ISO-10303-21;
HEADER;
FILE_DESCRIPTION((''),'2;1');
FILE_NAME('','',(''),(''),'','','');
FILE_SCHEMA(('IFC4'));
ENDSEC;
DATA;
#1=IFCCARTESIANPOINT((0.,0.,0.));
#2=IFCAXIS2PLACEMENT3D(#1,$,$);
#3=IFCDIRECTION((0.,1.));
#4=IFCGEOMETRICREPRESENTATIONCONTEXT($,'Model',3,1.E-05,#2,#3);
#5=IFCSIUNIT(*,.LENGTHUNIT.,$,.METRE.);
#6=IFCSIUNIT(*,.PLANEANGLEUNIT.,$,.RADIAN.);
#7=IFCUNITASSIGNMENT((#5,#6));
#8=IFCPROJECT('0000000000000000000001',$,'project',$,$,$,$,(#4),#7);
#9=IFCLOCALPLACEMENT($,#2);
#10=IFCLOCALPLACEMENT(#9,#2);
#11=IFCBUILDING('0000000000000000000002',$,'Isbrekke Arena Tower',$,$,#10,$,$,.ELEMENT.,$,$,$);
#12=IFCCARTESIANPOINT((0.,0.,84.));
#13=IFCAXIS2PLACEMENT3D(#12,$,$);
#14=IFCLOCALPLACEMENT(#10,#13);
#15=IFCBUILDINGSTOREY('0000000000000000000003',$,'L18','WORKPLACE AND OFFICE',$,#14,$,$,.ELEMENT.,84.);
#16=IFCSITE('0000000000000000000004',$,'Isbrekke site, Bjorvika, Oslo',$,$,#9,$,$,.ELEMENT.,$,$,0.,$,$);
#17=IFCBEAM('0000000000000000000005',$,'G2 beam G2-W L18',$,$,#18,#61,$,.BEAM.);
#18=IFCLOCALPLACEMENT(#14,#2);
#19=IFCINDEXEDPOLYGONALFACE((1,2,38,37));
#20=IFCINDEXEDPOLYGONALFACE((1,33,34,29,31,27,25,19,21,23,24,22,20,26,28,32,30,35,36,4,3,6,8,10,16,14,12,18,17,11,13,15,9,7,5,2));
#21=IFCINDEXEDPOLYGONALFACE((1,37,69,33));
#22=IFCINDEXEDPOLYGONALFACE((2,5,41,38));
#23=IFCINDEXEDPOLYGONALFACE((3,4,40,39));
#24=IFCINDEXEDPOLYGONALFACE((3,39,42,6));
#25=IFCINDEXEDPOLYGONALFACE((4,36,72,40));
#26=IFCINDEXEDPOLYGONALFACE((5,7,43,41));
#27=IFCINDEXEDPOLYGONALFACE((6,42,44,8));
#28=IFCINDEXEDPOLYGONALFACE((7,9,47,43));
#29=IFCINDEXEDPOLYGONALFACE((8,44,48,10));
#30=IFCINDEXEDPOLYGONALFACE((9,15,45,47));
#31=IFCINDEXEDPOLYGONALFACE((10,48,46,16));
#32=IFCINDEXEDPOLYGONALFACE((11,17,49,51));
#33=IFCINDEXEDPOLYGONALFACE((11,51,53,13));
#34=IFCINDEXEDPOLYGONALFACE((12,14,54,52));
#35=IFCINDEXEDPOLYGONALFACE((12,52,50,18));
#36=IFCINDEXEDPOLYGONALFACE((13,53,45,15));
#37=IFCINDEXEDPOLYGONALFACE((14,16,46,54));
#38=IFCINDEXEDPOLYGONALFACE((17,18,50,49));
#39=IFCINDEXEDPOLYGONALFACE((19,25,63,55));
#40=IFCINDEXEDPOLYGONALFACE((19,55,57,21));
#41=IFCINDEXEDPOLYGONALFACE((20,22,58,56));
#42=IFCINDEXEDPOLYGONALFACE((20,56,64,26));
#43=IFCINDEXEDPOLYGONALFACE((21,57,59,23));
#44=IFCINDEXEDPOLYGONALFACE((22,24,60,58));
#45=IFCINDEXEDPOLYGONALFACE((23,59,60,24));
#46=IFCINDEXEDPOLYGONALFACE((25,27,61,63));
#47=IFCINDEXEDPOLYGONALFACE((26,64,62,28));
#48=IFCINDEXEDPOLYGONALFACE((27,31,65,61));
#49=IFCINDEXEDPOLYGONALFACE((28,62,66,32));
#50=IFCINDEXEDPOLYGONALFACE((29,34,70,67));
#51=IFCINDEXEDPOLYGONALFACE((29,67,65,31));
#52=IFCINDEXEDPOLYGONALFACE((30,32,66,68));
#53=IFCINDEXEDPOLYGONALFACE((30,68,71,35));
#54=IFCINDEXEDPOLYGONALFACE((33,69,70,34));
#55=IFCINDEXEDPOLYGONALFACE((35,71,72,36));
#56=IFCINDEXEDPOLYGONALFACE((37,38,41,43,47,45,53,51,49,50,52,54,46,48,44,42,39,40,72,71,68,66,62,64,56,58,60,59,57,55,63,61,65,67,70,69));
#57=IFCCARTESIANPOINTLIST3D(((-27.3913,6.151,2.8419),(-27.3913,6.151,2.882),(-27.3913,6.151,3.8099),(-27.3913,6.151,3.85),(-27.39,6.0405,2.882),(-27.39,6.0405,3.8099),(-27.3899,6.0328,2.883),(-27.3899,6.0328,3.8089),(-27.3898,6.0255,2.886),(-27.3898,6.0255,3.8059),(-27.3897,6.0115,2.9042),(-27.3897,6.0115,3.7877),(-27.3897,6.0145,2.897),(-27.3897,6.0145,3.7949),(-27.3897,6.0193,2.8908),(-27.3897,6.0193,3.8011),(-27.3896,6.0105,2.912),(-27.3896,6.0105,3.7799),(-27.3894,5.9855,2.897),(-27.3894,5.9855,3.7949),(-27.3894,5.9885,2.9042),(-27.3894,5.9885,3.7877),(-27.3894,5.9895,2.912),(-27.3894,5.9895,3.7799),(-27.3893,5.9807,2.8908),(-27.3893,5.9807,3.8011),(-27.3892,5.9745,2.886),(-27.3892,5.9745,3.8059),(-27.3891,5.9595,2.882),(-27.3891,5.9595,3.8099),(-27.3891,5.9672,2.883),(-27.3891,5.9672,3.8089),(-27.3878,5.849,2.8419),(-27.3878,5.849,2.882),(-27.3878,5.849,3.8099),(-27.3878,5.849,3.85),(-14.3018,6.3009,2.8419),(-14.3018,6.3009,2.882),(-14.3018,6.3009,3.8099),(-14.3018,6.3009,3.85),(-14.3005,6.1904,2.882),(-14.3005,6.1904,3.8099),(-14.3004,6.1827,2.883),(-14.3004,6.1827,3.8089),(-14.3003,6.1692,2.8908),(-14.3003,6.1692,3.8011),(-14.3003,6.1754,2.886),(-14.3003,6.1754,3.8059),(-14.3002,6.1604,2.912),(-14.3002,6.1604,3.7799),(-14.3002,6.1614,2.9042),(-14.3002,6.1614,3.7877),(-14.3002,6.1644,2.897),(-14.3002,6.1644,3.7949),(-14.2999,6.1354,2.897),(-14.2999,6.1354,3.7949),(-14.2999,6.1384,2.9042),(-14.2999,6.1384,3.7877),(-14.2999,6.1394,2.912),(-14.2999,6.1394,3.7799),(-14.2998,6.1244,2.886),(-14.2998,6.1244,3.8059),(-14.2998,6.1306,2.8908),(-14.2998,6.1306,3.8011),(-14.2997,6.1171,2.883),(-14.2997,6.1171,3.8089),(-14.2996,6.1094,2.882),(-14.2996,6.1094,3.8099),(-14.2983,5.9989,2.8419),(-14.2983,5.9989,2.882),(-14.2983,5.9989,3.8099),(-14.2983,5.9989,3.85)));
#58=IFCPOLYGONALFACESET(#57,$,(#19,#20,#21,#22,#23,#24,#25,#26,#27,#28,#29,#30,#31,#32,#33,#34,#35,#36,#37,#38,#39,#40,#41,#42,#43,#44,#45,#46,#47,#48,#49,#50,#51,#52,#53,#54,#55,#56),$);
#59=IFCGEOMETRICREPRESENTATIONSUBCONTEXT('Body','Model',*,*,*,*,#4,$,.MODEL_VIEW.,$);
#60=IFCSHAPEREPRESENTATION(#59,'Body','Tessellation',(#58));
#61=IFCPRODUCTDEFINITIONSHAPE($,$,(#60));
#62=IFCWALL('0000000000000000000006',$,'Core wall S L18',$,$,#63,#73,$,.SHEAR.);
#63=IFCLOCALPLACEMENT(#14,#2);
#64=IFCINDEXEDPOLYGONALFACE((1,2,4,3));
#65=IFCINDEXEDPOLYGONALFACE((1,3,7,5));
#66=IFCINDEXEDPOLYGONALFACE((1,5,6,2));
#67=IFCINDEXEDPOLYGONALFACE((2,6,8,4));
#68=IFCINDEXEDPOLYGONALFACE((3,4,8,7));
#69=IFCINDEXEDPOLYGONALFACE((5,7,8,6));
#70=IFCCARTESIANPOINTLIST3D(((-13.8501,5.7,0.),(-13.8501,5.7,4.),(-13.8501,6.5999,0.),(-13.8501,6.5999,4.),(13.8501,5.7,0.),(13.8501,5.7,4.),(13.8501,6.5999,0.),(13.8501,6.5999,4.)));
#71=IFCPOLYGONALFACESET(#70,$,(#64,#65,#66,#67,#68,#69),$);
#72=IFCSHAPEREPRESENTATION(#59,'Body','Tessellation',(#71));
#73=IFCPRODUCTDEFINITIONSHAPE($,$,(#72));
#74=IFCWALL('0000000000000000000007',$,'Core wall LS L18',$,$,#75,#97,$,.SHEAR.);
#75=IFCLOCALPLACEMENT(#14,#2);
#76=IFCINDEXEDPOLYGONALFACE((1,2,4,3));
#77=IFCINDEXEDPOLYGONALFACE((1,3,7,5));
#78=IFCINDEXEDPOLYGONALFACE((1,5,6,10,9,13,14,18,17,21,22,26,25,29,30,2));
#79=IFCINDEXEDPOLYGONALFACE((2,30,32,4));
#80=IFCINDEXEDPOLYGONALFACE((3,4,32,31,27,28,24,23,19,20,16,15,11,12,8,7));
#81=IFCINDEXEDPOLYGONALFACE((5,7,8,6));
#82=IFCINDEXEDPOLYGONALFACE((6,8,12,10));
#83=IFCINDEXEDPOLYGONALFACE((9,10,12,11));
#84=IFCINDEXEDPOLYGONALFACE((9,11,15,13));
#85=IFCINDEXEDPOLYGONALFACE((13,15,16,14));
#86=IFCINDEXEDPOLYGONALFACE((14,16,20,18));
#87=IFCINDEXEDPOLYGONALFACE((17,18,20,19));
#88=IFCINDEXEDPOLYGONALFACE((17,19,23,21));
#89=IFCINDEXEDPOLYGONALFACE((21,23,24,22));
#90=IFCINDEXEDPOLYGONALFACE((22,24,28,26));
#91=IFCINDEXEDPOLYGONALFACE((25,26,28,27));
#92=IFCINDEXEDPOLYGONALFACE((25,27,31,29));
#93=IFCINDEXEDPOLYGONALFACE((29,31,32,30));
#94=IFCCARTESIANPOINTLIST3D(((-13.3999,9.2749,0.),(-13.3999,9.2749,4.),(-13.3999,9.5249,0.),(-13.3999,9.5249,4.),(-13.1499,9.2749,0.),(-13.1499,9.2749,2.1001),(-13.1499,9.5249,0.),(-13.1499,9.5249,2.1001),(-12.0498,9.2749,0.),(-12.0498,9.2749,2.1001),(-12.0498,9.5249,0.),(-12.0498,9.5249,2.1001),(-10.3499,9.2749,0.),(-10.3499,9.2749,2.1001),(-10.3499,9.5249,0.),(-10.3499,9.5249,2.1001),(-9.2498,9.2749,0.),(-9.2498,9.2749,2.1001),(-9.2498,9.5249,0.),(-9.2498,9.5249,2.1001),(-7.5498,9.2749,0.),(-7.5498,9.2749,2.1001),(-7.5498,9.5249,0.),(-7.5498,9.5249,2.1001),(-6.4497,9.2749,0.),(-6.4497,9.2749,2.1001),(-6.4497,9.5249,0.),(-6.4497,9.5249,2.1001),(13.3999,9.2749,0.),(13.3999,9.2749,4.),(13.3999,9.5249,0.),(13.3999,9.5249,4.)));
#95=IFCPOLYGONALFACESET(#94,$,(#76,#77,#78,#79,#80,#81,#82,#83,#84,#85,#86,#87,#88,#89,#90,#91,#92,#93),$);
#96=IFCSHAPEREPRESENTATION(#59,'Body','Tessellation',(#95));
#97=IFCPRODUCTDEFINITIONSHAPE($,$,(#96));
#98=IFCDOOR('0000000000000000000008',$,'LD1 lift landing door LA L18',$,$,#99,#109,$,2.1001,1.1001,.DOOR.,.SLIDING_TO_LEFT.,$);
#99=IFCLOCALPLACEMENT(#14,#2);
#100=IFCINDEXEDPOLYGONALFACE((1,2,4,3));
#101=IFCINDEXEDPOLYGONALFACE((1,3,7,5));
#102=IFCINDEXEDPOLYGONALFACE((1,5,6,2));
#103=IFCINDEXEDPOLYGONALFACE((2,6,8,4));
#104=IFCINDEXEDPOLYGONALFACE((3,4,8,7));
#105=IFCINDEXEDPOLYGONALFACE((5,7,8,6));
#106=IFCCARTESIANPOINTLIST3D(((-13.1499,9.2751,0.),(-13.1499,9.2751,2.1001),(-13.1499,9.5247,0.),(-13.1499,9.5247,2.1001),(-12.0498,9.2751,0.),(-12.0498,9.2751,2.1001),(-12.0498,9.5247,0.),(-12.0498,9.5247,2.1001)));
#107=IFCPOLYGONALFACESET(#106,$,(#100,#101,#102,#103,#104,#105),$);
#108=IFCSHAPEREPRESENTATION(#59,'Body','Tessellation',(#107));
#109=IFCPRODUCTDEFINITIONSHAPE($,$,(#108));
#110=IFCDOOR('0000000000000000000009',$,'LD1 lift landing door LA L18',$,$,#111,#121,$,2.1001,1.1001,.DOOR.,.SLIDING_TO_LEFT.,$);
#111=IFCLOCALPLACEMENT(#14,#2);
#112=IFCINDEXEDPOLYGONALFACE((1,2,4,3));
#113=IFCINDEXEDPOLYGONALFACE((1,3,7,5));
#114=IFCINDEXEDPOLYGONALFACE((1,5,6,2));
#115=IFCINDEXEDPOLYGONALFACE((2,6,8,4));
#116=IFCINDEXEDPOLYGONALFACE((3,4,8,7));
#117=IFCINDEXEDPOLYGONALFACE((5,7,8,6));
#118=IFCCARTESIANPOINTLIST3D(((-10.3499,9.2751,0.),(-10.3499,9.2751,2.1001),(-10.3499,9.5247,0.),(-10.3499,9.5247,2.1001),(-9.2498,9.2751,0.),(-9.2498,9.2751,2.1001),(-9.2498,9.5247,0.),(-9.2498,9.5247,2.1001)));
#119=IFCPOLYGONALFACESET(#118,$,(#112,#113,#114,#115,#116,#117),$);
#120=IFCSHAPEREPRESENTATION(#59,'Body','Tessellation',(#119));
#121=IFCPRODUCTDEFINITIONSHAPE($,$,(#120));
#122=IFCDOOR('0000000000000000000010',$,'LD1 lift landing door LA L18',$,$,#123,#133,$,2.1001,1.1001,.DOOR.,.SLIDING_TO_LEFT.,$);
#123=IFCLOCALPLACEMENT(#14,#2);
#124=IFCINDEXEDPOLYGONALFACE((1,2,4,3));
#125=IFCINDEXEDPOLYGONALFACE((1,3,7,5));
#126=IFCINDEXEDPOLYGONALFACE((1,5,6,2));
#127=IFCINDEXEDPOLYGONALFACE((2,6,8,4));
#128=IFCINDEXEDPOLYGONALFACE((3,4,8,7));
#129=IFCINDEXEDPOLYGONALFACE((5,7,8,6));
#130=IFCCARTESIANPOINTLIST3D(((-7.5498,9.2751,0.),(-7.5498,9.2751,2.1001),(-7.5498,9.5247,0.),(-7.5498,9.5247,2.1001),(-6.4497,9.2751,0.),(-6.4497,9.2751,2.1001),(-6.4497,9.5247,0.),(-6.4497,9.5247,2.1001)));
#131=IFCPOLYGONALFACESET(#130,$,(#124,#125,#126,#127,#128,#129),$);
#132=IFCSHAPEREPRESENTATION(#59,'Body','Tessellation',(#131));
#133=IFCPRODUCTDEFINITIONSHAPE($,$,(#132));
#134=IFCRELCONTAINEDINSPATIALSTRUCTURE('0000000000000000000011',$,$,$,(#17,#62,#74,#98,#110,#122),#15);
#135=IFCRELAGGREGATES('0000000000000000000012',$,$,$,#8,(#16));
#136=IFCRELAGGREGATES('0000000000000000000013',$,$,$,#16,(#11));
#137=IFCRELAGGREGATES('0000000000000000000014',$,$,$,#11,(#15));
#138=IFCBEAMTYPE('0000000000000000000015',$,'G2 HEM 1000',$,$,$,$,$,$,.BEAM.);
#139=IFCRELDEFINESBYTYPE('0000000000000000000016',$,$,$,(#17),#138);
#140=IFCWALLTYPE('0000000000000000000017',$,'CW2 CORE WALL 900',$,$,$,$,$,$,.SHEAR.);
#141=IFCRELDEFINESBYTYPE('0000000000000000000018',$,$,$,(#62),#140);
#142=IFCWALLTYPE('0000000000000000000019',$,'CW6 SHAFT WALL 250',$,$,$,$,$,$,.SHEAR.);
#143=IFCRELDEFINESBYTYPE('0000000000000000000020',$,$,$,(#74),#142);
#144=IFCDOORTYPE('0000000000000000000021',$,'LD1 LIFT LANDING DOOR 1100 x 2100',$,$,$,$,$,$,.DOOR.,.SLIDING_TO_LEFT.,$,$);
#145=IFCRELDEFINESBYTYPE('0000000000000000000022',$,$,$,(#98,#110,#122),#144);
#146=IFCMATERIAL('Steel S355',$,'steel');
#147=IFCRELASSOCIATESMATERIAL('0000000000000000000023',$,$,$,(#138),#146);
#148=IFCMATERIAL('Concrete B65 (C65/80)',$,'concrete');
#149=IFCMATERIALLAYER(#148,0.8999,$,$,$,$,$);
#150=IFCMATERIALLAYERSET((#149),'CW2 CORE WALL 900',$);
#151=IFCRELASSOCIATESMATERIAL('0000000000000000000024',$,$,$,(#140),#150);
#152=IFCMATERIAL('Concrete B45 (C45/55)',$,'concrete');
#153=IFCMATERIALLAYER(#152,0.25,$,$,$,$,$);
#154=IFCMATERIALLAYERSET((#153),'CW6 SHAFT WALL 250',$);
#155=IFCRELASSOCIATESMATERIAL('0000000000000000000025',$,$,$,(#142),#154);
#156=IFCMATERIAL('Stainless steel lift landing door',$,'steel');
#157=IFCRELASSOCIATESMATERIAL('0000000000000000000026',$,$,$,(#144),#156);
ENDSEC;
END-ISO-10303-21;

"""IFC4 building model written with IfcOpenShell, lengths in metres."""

from ifc_helpers import new_model, si_unit, direction, frame, frame_2d, origin, origin_2d, place, context, subcontext, project, spatial, rectangle, i_section, extrude, material, layer, layer_set, material_profile, profile_set, type_object, element, fill, save


model = new_model("IFC4")

# Units and contexts
model_context = context("Model", 3, precision=1e-05, world=origin(), true_north=direction((0.0, 1.0)))
body_context = subcontext(model_context, "Body", "Model", "MODEL_VIEW")
ifc_project = project(units=[si_unit("LENGTHUNIT", "METRE"), si_unit("PLANEANGLEUNIT", "RADIAN")], contexts=[model_context])

# Site, building, storey
site_placement = place(None, origin())
site = spatial("IfcSite", under=ifc_project, at=site_placement, Name="Isbrekke site, Bjorvika, Oslo", CompositionType="ELEMENT", RefElevation=0.0)
building_placement = place(site_placement, origin())
building = spatial("IfcBuilding", under=site, at=building_placement, Name="Isbrekke Arena Tower", CompositionType="ELEMENT")
storey_placement = place(building_placement, frame((0.0, 0.0, 84.0)))
storey = spatial("IfcBuildingStorey", under=building, at=storey_placement, Name="L18", Description="WORKPLACE AND OFFICE", CompositionType="ELEMENT", Elevation=84.0)

# Beam
ifc_material_1 = material(Name="Steel S355", Category="steel")
ifc_material_profile = material_profile(ifc_material_1, i_section(OverallWidth=0.302, OverallDepth=1.0081, WebThickness=0.021, FlangeThickness=0.04, FilletRadius=0.03, at=origin_2d()), Name="HEM 1000")
ifc_profile_set = profile_set([ifc_material_profile], Name="Steel S355")
beam_type = type_object("IfcBeamType", Name="G2 HEM 1000", PredefinedType="BEAM", material=ifc_profile_set)
beam_placement = place(storey_placement, frame((-14.3, 6.1499, 3.3459), z_axis=(-0.999934, -0.011451, 0.0), x_axis=(0.011451, -0.999934, 0.0)))
element("IfcBeam", 1, at=beam_placement, inside=storey, type_object=beam_type, Name="G2 beam G2-W L18", PredefinedType="BEAM", context=body_context, shape_type="SweptSolid", body=[
    extrude(i_section(OverallWidth=0.302, OverallDepth=1.0081, WebThickness=0.021, FlangeThickness=0.04, FilletRadius=0.03, at=origin_2d()), origin(), (0.0, 0.0, 1.0), 13.0903),
])

# Wall
ifc_material_2 = material(Name="Concrete B65 (C65/80)", Category="concrete")
ifc_layer_1 = layer(ifc_material_2, 0.8999)
ifc_layer_set_1 = layer_set([ifc_layer_1], Name="CW2 CORE WALL 900")
wall_type_1 = type_object("IfcWallType", Name="CW2 CORE WALL 900", PredefinedType="SHEAR", material=ifc_layer_set_1)
wall_1_placement = place(storey_placement, frame((-13.8501, 6.1499, 0.0), z_axis=(0.0, 0.0, 1.0), x_axis=(1.0, 0.0, 0.0)))
element("IfcWall", 2, at=wall_1_placement, inside=storey, type_object=wall_type_1, Name="Core wall S L18", PredefinedType="SHEAR", context=body_context, shape_type="SweptSolid", body=[
    extrude(rectangle(XDim=27.7002, YDim=0.8999, at=frame_2d((13.8501, 0.0))), origin(), (0.0, 0.0, 1.0), 4.0),
])

# Wall, openings, doors
ifc_material_3 = material(Name="Concrete B45 (C45/55)", Category="concrete")
ifc_layer_2 = layer(ifc_material_3, 0.25)
ifc_layer_set_2 = layer_set([ifc_layer_2], Name="CW6 SHAFT WALL 250")
wall_type_2 = type_object("IfcWallType", Name="CW6 SHAFT WALL 250", PredefinedType="SHEAR", material=ifc_layer_set_2)
wall_2_placement = place(storey_placement, frame((-13.3999, 9.3999, 0.0), z_axis=(0.0, 0.0, 1.0), x_axis=(1.0, 0.0, 0.0)))
wall_2 = element("IfcWall", 3, at=wall_2_placement, inside=storey, type_object=wall_type_2, Name="Core wall LS L18", PredefinedType="SHEAR", context=body_context, shape_type="SweptSolid", body=[
    extrude(rectangle(XDim=26.7998, YDim=0.25, at=frame_2d((13.3999, 0.0))), origin(), (0.0, 0.0, 1.0), 4.0),
])
opening_1_placement = place(wall_2_placement, frame((0.25, 0.0, 0.0)))
opening_1 = element("IfcOpeningElement", 4, at=opening_1_placement, cuts=wall_2, PredefinedType="OPENING", context=body_context, shape_type="SweptSolid", body=[
    extrude(rectangle(XDim=1.1001, YDim=2.1001, at=frame_2d((0.55, 1.05))), frame((0.0, 0.1399, 0.0), z_axis=(0.0, -1.0, 0.0), x_axis=(1.0, 0.0, 0.0)), (0.0, 0.0, 1.0), 0.2798),
])
opening_2_placement = place(wall_2_placement, frame((3.05, 0.0, 0.0)))
opening_2 = element("IfcOpeningElement", 5, at=opening_2_placement, cuts=wall_2, PredefinedType="OPENING", context=body_context, shape_type="SweptSolid", body=[
    extrude(rectangle(XDim=1.1001, YDim=2.1001, at=frame_2d((0.55, 1.05))), frame((0.0, 0.1399, 0.0), z_axis=(0.0, -1.0, 0.0), x_axis=(1.0, 0.0, 0.0)), (0.0, 0.0, 1.0), 0.2798),
])
opening_3_placement = place(wall_2_placement, frame((5.8501, 0.0, 0.0)))
opening_3 = element("IfcOpeningElement", 6, at=opening_3_placement, cuts=wall_2, PredefinedType="OPENING", context=body_context, shape_type="SweptSolid", body=[
    extrude(rectangle(XDim=1.1001, YDim=2.1001, at=frame_2d((0.55, 1.05))), frame((0.0, 0.1399, 0.0), z_axis=(0.0, -1.0, 0.0), x_axis=(1.0, 0.0, 0.0)), (0.0, 0.0, 1.0), 0.2798),
])
ifc_material_4 = material(Name="Stainless steel lift landing door", Category="steel")
door_type_1 = type_object("IfcDoorType", Name="LD1 LIFT LANDING DOOR 1100 x 2100", OperationType="SLIDING_TO_LEFT", PredefinedType="DOOR", material=ifc_material_4)
door_1_placement = place(opening_1_placement, origin())
door_1 = element("IfcDoor", 7, at=door_1_placement, inside=storey, type_object=door_type_1, Name="LD1 lift landing door LA L18", OperationType="SLIDING_TO_LEFT", OverallHeight=2.1001, OverallWidth=1.1001, PredefinedType="DOOR", context=body_context, shape_type="SweptSolid", body=[
    extrude(rectangle(XDim=1.1001, YDim=2.1001, at=frame_2d((0.55, 1.05))), frame((0.0, 0.1248, 0.0), z_axis=(0.0, -1.0, 0.0), x_axis=(1.0, 0.0, 0.0)), (0.0, 0.0, 1.0), 0.2495),
])
fill(opening_1, door_1)
door_2_placement = place(opening_2_placement, origin())
door_2 = element("IfcDoor", 8, at=door_2_placement, inside=storey, type_object=door_type_1, Name="LD1 lift landing door LA L18", OperationType="SLIDING_TO_LEFT", OverallHeight=2.1001, OverallWidth=1.1001, PredefinedType="DOOR", context=body_context, shape_type="SweptSolid", body=[
    extrude(rectangle(XDim=1.1001, YDim=2.1001, at=frame_2d((0.55, 1.05))), frame((0.0, 0.1248, 0.0), z_axis=(0.0, -1.0, 0.0), x_axis=(1.0, 0.0, 0.0)), (0.0, 0.0, 1.0), 0.2495),
])
fill(opening_2, door_2)
door_3_placement = place(opening_3_placement, origin())
door_3 = element("IfcDoor", 9, at=door_3_placement, inside=storey, type_object=door_type_1, Name="LD1 lift landing door LA L18", OperationType="SLIDING_TO_LEFT", OverallHeight=2.1001, OverallWidth=1.1001, PredefinedType="DOOR", context=body_context, shape_type="SweptSolid", body=[
    extrude(rectangle(XDim=1.1001, YDim=2.1001, at=frame_2d((0.55, 1.05))), frame((0.0, 0.1248, 0.0), z_axis=(0.0, -1.0, 0.0), x_axis=(1.0, 0.0, 0.0)), (0.0, 0.0, 1.0), 0.2495),
])
fill(opening_3, door_3)

save(model, "model.ifc")
